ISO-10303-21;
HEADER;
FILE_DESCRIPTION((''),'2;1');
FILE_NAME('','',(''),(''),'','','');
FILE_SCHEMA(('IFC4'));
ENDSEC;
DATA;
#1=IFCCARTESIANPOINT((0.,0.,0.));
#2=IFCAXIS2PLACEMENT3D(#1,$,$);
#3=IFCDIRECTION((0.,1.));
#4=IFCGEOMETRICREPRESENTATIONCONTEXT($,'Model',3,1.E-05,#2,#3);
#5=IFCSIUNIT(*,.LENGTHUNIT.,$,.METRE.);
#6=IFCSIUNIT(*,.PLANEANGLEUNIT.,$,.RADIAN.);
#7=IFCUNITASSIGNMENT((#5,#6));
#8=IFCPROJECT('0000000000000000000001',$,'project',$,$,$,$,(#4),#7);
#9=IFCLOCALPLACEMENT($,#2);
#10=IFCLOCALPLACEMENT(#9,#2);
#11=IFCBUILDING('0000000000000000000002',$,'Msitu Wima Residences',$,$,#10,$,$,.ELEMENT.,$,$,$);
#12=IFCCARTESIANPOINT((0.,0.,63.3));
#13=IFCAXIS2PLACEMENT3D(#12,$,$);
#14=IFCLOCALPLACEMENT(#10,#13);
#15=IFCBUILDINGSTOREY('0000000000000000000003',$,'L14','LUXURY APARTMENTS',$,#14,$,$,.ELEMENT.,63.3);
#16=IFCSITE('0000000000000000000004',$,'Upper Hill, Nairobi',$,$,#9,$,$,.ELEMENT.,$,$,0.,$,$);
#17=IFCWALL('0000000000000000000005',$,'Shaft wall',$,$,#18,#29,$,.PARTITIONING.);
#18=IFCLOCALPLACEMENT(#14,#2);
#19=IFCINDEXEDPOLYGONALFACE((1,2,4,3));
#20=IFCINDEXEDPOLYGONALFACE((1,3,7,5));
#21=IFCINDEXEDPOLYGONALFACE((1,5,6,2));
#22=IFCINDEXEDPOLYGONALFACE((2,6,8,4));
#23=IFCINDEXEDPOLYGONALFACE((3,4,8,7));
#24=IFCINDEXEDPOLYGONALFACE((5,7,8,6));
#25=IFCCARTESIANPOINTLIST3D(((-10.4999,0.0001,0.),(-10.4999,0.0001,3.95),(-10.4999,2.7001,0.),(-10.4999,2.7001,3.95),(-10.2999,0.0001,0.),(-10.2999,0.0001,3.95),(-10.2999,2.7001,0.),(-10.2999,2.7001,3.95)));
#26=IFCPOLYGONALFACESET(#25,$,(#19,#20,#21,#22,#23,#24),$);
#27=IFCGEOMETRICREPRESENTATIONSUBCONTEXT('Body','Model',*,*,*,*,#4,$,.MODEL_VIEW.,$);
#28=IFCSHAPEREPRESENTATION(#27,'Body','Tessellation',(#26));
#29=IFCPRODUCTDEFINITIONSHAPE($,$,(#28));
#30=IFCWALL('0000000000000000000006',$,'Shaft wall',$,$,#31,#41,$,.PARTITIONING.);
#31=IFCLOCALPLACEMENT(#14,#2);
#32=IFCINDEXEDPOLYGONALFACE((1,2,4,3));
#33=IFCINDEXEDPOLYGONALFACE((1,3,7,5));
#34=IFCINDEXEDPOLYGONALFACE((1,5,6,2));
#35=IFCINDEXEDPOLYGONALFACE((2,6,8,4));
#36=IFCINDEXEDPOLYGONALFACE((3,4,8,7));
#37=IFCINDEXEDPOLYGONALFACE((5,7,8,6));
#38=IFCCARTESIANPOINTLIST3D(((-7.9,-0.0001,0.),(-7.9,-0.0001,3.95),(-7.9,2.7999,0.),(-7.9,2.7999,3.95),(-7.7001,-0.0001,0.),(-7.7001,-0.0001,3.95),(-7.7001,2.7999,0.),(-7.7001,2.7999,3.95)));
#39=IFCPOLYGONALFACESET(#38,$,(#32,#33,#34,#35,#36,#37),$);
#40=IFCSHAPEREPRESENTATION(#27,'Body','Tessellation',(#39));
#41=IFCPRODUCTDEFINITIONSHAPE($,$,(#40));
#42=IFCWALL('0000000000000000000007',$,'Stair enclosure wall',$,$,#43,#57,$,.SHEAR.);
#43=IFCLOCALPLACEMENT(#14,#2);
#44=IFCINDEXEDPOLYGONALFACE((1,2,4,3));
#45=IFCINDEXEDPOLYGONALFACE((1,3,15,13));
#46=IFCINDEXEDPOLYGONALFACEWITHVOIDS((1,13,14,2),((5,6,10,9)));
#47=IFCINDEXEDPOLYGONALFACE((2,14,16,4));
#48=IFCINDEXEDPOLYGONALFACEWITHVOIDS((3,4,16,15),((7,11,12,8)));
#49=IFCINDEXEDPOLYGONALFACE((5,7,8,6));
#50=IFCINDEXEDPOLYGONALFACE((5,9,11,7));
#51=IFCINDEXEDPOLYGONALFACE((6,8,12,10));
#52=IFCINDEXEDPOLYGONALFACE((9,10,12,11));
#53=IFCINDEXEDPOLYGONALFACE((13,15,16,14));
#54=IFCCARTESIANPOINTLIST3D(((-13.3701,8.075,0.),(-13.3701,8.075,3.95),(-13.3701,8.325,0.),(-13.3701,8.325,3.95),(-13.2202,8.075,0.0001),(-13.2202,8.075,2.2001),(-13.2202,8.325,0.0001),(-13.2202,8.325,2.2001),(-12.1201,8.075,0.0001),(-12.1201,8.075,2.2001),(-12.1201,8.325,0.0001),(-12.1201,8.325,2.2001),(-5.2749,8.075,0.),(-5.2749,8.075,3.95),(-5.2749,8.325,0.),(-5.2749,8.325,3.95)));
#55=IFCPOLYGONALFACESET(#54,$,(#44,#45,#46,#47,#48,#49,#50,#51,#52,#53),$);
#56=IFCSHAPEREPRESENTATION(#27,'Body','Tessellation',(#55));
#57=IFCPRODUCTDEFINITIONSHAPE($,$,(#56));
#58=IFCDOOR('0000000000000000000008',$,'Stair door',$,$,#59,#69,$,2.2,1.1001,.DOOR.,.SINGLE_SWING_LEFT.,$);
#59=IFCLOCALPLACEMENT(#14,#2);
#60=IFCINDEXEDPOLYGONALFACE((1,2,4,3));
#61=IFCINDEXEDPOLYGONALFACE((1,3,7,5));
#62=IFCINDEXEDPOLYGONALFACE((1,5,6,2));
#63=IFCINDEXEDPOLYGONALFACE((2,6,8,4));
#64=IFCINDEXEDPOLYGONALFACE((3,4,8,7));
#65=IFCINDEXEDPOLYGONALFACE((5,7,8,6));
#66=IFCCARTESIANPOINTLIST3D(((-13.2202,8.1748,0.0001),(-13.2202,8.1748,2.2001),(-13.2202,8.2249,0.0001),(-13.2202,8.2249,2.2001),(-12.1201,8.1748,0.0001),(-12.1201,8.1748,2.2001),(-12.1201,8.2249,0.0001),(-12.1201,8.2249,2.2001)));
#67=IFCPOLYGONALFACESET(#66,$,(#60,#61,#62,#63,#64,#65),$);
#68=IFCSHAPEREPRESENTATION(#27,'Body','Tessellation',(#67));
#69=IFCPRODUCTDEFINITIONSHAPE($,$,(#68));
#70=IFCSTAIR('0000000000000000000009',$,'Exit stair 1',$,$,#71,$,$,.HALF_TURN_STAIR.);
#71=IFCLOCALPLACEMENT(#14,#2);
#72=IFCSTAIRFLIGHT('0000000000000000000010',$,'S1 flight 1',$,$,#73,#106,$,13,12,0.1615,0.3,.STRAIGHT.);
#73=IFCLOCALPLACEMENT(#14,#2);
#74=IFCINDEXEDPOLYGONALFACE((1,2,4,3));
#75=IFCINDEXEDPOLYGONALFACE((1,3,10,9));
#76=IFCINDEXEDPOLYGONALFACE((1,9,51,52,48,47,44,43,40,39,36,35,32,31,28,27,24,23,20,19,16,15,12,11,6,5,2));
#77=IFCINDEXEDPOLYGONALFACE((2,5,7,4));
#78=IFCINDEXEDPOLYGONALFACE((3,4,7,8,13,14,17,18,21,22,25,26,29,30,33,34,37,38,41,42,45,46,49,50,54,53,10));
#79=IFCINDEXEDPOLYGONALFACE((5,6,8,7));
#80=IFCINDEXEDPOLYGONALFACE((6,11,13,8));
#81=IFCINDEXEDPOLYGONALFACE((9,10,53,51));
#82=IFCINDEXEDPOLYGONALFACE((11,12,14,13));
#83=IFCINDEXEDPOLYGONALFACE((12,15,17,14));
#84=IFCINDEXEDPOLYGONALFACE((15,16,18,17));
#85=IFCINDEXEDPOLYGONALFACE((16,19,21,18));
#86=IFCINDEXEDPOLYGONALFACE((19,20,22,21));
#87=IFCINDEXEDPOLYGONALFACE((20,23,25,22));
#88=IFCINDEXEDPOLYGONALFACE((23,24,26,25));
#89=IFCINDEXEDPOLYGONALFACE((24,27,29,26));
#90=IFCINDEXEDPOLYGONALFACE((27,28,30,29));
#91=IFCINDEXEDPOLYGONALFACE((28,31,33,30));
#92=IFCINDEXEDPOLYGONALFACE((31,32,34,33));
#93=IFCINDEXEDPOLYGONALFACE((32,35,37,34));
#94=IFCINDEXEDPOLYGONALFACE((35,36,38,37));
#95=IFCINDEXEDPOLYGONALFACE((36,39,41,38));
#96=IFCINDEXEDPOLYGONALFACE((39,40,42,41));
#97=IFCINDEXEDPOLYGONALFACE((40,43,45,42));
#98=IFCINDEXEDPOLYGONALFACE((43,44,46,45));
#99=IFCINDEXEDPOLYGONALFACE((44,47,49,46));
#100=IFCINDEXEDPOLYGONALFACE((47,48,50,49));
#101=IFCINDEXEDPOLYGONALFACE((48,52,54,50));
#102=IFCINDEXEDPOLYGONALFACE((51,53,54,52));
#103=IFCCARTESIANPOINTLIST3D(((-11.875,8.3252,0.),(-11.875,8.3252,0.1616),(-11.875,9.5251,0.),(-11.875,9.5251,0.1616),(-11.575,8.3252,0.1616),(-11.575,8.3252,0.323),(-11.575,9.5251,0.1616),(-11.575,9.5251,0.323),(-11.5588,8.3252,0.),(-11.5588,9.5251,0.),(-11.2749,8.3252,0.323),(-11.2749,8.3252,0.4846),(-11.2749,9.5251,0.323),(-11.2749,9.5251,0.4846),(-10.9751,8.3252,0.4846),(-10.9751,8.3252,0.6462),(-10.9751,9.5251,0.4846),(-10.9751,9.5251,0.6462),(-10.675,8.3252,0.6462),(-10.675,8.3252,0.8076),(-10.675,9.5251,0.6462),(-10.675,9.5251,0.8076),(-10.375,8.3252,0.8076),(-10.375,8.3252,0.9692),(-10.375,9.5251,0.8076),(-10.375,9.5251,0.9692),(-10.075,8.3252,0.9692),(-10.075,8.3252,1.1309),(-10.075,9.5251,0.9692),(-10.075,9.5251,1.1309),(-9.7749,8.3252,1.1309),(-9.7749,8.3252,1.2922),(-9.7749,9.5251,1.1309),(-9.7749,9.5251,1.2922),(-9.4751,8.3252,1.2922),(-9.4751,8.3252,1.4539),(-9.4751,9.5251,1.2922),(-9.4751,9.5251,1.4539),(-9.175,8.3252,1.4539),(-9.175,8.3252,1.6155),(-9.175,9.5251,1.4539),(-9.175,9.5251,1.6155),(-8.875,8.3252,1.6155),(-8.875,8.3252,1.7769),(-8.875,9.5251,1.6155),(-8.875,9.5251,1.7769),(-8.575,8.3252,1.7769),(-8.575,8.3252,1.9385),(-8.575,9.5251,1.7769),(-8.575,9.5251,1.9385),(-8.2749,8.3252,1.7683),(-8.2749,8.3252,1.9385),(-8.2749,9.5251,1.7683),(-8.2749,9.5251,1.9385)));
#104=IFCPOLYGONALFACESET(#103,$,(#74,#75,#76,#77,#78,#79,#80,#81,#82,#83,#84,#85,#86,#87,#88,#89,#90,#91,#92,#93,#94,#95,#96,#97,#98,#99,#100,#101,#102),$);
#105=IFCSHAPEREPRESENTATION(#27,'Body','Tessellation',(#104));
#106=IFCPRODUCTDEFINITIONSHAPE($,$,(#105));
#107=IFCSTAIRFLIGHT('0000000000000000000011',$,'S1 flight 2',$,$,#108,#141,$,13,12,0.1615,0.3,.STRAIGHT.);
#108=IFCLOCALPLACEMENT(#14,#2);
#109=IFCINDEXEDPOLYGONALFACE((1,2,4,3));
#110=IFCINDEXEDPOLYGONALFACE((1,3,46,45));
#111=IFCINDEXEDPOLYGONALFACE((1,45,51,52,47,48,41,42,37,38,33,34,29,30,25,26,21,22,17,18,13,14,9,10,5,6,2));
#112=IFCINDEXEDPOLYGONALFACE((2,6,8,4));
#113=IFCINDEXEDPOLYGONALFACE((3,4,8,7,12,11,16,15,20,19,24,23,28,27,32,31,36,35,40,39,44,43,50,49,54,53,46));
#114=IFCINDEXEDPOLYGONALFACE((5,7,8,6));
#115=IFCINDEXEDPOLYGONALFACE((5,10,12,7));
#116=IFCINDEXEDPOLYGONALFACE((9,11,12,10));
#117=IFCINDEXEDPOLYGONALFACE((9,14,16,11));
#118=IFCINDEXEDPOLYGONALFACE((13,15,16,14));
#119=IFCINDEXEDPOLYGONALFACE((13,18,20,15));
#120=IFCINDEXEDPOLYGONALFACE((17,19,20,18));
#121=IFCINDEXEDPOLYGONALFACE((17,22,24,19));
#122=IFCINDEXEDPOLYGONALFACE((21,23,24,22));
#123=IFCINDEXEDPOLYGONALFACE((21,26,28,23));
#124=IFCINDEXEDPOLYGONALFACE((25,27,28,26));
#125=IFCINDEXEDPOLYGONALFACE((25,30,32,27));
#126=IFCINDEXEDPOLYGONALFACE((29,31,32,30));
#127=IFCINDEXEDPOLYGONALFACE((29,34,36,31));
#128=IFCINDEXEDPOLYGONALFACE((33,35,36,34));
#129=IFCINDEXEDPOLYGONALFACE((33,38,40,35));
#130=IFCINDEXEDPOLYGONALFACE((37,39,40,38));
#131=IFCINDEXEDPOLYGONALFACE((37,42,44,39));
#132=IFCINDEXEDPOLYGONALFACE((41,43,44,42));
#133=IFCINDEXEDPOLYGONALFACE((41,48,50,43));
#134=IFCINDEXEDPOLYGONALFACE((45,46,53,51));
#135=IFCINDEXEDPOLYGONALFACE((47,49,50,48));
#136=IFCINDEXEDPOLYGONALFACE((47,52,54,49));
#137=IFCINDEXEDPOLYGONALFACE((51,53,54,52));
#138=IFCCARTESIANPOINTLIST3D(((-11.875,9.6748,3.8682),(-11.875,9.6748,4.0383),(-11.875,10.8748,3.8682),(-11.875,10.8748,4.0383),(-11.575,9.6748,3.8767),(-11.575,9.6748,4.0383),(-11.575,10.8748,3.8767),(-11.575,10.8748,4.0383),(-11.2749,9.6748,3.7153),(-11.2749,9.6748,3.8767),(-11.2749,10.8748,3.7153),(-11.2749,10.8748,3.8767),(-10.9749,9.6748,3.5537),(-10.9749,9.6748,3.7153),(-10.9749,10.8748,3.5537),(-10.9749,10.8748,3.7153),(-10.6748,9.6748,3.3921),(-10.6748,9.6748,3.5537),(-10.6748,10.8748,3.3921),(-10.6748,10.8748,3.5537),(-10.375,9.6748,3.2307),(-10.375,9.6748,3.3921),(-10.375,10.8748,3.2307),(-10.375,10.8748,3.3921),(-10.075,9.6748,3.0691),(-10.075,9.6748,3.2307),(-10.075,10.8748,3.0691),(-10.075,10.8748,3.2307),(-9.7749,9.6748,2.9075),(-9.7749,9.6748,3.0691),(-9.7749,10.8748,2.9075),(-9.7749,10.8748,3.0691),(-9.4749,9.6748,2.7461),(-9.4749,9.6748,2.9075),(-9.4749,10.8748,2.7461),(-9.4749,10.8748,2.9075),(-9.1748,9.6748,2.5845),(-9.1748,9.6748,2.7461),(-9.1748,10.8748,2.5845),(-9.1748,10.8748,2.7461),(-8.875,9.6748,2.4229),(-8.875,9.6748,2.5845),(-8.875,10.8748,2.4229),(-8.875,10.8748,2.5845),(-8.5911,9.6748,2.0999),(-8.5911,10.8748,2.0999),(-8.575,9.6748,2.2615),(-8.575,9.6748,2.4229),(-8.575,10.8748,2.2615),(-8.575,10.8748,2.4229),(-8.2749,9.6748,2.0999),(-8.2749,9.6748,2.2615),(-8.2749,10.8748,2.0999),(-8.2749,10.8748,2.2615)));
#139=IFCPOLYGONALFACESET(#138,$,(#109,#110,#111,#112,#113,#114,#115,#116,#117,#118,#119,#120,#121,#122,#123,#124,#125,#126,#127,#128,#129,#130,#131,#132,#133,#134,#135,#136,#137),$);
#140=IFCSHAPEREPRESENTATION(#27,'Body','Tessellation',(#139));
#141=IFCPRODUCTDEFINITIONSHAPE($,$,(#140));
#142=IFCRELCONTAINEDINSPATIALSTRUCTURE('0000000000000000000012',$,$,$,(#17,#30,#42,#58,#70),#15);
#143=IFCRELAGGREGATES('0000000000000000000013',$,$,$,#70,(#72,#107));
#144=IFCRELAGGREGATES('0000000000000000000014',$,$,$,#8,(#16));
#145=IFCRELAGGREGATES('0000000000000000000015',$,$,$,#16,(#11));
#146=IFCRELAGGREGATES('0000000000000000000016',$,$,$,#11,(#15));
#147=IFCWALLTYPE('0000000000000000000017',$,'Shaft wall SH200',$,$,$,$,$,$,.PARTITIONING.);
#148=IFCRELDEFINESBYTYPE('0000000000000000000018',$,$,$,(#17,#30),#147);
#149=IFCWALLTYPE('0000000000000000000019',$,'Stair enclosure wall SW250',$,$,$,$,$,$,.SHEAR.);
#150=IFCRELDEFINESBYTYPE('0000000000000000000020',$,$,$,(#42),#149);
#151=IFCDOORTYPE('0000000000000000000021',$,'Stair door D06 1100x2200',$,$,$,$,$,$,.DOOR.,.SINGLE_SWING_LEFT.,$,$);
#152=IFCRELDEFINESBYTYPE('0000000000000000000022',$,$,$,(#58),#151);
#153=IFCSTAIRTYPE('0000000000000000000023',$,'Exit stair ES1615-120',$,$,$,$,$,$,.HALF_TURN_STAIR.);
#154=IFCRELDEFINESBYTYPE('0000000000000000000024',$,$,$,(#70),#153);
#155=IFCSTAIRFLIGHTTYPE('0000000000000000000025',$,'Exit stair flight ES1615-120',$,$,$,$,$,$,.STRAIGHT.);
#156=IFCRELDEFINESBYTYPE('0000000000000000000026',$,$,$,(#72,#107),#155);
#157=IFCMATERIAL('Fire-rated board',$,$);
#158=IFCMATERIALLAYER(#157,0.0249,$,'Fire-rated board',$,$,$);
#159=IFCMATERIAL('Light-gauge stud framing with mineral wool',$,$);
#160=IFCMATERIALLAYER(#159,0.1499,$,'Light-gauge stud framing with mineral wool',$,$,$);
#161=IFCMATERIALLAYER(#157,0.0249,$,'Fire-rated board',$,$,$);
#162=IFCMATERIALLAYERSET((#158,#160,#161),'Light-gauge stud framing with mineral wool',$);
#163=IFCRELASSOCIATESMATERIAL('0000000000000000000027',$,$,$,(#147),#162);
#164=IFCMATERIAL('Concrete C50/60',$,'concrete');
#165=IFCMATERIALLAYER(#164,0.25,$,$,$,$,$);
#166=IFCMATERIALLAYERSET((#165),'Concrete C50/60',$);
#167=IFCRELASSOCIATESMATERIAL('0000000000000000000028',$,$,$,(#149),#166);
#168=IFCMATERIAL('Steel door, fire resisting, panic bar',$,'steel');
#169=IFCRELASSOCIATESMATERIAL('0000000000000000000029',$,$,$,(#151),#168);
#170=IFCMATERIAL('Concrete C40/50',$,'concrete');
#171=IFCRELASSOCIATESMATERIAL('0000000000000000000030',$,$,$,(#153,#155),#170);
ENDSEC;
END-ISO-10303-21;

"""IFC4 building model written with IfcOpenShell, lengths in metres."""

from ifc_helpers import new_model, si_unit, direction, frame, frame_2d, origin, place, context, subcontext, project, spatial, polyline, rectangle, outline, extrude, material, layer, layer_set, type_object, element, fill, aggregate, save


model = new_model("IFC4")

# Units and contexts
model_context = context("Model", 3, precision=1e-05, world=origin(), true_north=direction((0.0, 1.0)))
body_context = subcontext(model_context, "Body", "Model", "MODEL_VIEW")
ifc_project = project(units=[si_unit("LENGTHUNIT", "METRE"), si_unit("PLANEANGLEUNIT", "RADIAN")], contexts=[model_context])

# Site, building, storey
site_placement = place(None, origin())
site = spatial("IfcSite", under=ifc_project, at=site_placement, Name="Upper Hill, Nairobi", CompositionType="ELEMENT", RefElevation=0.0)
building_placement = place(site_placement, origin())
building = spatial("IfcBuilding", under=site, at=building_placement, Name="Msitu Wima Residences", CompositionType="ELEMENT")
storey_placement = place(building_placement, frame((0.0, 0.0, 63.3)))
storey = spatial("IfcBuildingStorey", under=building, at=storey_placement, Name="L14", Description="LUXURY APARTMENTS", CompositionType="ELEMENT", Elevation=63.3)

# Shared definitions
ifc_material_1 = material(Name="Concrete C40/50", Category="concrete")

# Shared definitions
ifc_material_2 = material(Name="Fire-rated board")
ifc_layer_1 = layer(ifc_material_2, 0.0249, Name="Fire-rated board")
ifc_material_3 = material(Name="Light-gauge stud framing with mineral wool")
ifc_layer_2 = layer(ifc_material_3, 0.1499, Name="Light-gauge stud framing with mineral wool")
ifc_layer_3 = layer(ifc_material_2, 0.0249, Name="Fire-rated board")
ifc_layer_set_1 = layer_set([ifc_layer_1, ifc_layer_2, ifc_layer_3], Name="Light-gauge stud framing with mineral wool")
wall_type_1 = type_object("IfcWallType", Name="Shaft wall SH200", PredefinedType="PARTITIONING", material=ifc_layer_set_1)

# Walls
wall_1_placement = place(storey_placement, frame((-10.3999, 0.0, 0.0), z_axis=(0.0, 0.0, 1.0), x_axis=(0.0, 1.0, 0.0)))
element("IfcWall", 1, at=wall_1_placement, inside=storey, type_object=wall_type_1, Name="Shaft wall", PredefinedType="PARTITIONING", context=body_context, shape_type="SweptSolid", body=[
    extrude(rectangle(XDim=2.7, YDim=0.2, at=frame_2d((1.3501, 0.0))), origin(), (0.0, 0.0, 1.0), 3.95),
])
wall_2_placement = place(storey_placement, frame((-7.8, 0.0, 0.0), z_axis=(0.0, 0.0, 1.0), x_axis=(0.0, 1.0, 0.0)))
element("IfcWall", 2, at=wall_2_placement, inside=storey, type_object=wall_type_1, Name="Shaft wall", PredefinedType="PARTITIONING", context=body_context, shape_type="SweptSolid", body=[
    extrude(rectangle(XDim=2.8, YDim=0.2, at=frame_2d((1.3999, 0.0))), origin(), (0.0, 0.0, 1.0), 3.95),
])

# Wall, opening, door
ifc_material_4 = material(Name="Concrete C50/60", Category="concrete")
ifc_layer_4 = layer(ifc_material_4, 0.25)
ifc_layer_set_2 = layer_set([ifc_layer_4], Name="Concrete C50/60")
wall_type_2 = type_object("IfcWallType", Name="Stair enclosure wall SW250", PredefinedType="SHEAR", material=ifc_layer_set_2)
wall_3_placement = place(storey_placement, frame((-13.3701, 8.2, 0.0), z_axis=(0.0, 0.0, 1.0), x_axis=(1.0, 0.0, 0.0)))
wall_3 = element("IfcWall", 3, at=wall_3_placement, inside=storey, type_object=wall_type_2, Name="Stair enclosure wall", PredefinedType="SHEAR", context=body_context, shape_type="SweptSolid", body=[
    extrude(rectangle(XDim=8.0952, YDim=0.25, at=frame_2d((4.0476, 0.0))), origin(), (0.0, 0.0, 1.0), 3.95),
])
opening_1_placement = place(wall_3_placement, frame((0.1499, 0.0, 0.0)))
opening_1 = element("IfcOpeningElement", 4, at=opening_1_placement, cuts=wall_3, PredefinedType="OPENING", context=body_context, shape_type="SweptSolid", body=[
    extrude(rectangle(XDim=1.1001, YDim=2.2, at=frame_2d((0.55, 1.1001))), frame((0.0, 0.135, 0.0), z_axis=(0.0, -1.0, 0.0), x_axis=(1.0, 0.0, 0.0)), (0.0, 0.0, 1.0), 0.27),
])
ifc_material_5 = material(Name="Steel door, fire resisting, panic bar", Category="steel")
door_type_1 = type_object("IfcDoorType", Name="Stair door D06 1100x2200", OperationType="SINGLE_SWING_LEFT", PredefinedType="DOOR", material=ifc_material_5)
door_1_placement = place(opening_1_placement, origin())
door_1 = element("IfcDoor", 5, at=door_1_placement, inside=storey, type_object=door_type_1, Name="Stair door", OperationType="SINGLE_SWING_LEFT", OverallHeight=2.2, OverallWidth=1.1001, PredefinedType="DOOR", context=body_context, shape_type="SweptSolid", body=[
    extrude(rectangle(XDim=1.1001, YDim=2.2, at=frame_2d((0.55, 1.1001))), frame((0.0, 0.0249, 0.0), z_axis=(0.0, -1.0, 0.0), x_axis=(1.0, 0.0, 0.0)), (0.0, 0.0, 1.0), 0.05),
])
fill(opening_1, door_1)

# Stair, stair flights
stair_type = type_object("IfcStairType", Name="Exit stair ES1615-120", PredefinedType="HALF_TURN_STAIR", material=ifc_material_1)
stair_placement = place(storey_placement, origin())
stair = element("IfcStair", 6, at=stair_placement, inside=storey, type_object=stair_type, Name="Exit stair 1", PredefinedType="HALF_TURN_STAIR")
stair_flight_type = type_object("IfcStairFlightType", Name="Exit stair flight ES1615-120", PredefinedType="STRAIGHT", material=ifc_material_1)
stair_flight_1_placement = place(storey_placement, frame((-11.875, 8.925, 0.0), z_axis=(0.0, 0.0, 1.0), x_axis=(1.0, 0.0, 0.0)))
stair_flight_1 = element("IfcStairFlight", 7, at=stair_flight_1_placement, type_object=stair_flight_type, Name="S1 flight 1", NumberOfRisers=13, NumberOfTreads=12, PredefinedType="STRAIGHT", RiserHeight=0.1615, TreadLength=0.3, context=body_context, shape_type="SweptSolid", body=[
    extrude(outline(polyline([(0.0, 0.0), (0.0, 0.1616), (0.3, 0.1616), (0.3, 0.323), (0.6001, 0.323), (0.6001, 0.4846), (0.8999, 0.4846), (0.8999, 0.6462), (1.2, 0.6462), (1.2, 0.8076), (1.5, 0.8076), (1.5, 0.9692), (1.8, 0.9692), (1.8, 1.1309), (2.1001, 1.1309), (2.1001, 1.2922), (2.3999, 1.2922), (2.3999, 1.4539), (2.7, 1.4539), (2.7, 1.6155), (3.0, 1.6155), (3.0, 1.7769), (3.3, 1.7769), (3.3, 1.9385), (3.6001, 1.9385), (3.6001, 2.1001), (3.6001, 1.7683), (0.3162, 0.0), (0.0, 0.0)])), frame((0.0, 0.6001, 0.0), z_axis=(0.0, -1.0, 0.0), x_axis=(1.0, 0.0, 0.0)), (0.0, 0.0, 1.0), 1.2),
])
stair_flight_2_placement = place(storey_placement, frame((-8.2749, 10.2749, 2.0999), z_axis=(0.0, 0.0, 1.0), x_axis=(-1.0, 0.0, 0.0)))
stair_flight_2 = element("IfcStairFlight", 8, at=stair_flight_2_placement, type_object=stair_flight_type, Name="S1 flight 2", NumberOfRisers=13, NumberOfTreads=12, PredefinedType="STRAIGHT", RiserHeight=0.1615, TreadLength=0.3, context=body_context, shape_type="SweptSolid", body=[
    extrude(outline(polyline([(0.0, 0.0), (0.0, 0.1616), (0.3, 0.1616), (0.3, 0.323), (0.6001, 0.323), (0.6001, 0.4846), (0.8999, 0.4846), (0.8999, 0.6462), (1.2, 0.6462), (1.2, 0.8076), (1.5, 0.8076), (1.5, 0.9692), (1.8, 0.9692), (1.8, 1.1309), (2.1001, 1.1309), (2.1001, 1.2922), (2.3999, 1.2922), (2.3999, 1.4539), (2.7, 1.4539), (2.7, 1.6155), (3.0, 1.6155), (3.0, 1.7769), (3.3, 1.7769), (3.3, 1.9385), (3.6001, 1.9385), (3.6001, 2.1001), (3.6001, 1.7683), (0.3162, 0.0), (0.0, 0.0)])), frame((0.0, 0.6001, 0.0), z_axis=(0.0, -1.0, 0.0), x_axis=(1.0, 0.0, 0.0)), (0.0, 0.0, 1.0), 1.2),
])
aggregate(stair, [stair_flight_1, stair_flight_2])

save(model, "model.ifc")
